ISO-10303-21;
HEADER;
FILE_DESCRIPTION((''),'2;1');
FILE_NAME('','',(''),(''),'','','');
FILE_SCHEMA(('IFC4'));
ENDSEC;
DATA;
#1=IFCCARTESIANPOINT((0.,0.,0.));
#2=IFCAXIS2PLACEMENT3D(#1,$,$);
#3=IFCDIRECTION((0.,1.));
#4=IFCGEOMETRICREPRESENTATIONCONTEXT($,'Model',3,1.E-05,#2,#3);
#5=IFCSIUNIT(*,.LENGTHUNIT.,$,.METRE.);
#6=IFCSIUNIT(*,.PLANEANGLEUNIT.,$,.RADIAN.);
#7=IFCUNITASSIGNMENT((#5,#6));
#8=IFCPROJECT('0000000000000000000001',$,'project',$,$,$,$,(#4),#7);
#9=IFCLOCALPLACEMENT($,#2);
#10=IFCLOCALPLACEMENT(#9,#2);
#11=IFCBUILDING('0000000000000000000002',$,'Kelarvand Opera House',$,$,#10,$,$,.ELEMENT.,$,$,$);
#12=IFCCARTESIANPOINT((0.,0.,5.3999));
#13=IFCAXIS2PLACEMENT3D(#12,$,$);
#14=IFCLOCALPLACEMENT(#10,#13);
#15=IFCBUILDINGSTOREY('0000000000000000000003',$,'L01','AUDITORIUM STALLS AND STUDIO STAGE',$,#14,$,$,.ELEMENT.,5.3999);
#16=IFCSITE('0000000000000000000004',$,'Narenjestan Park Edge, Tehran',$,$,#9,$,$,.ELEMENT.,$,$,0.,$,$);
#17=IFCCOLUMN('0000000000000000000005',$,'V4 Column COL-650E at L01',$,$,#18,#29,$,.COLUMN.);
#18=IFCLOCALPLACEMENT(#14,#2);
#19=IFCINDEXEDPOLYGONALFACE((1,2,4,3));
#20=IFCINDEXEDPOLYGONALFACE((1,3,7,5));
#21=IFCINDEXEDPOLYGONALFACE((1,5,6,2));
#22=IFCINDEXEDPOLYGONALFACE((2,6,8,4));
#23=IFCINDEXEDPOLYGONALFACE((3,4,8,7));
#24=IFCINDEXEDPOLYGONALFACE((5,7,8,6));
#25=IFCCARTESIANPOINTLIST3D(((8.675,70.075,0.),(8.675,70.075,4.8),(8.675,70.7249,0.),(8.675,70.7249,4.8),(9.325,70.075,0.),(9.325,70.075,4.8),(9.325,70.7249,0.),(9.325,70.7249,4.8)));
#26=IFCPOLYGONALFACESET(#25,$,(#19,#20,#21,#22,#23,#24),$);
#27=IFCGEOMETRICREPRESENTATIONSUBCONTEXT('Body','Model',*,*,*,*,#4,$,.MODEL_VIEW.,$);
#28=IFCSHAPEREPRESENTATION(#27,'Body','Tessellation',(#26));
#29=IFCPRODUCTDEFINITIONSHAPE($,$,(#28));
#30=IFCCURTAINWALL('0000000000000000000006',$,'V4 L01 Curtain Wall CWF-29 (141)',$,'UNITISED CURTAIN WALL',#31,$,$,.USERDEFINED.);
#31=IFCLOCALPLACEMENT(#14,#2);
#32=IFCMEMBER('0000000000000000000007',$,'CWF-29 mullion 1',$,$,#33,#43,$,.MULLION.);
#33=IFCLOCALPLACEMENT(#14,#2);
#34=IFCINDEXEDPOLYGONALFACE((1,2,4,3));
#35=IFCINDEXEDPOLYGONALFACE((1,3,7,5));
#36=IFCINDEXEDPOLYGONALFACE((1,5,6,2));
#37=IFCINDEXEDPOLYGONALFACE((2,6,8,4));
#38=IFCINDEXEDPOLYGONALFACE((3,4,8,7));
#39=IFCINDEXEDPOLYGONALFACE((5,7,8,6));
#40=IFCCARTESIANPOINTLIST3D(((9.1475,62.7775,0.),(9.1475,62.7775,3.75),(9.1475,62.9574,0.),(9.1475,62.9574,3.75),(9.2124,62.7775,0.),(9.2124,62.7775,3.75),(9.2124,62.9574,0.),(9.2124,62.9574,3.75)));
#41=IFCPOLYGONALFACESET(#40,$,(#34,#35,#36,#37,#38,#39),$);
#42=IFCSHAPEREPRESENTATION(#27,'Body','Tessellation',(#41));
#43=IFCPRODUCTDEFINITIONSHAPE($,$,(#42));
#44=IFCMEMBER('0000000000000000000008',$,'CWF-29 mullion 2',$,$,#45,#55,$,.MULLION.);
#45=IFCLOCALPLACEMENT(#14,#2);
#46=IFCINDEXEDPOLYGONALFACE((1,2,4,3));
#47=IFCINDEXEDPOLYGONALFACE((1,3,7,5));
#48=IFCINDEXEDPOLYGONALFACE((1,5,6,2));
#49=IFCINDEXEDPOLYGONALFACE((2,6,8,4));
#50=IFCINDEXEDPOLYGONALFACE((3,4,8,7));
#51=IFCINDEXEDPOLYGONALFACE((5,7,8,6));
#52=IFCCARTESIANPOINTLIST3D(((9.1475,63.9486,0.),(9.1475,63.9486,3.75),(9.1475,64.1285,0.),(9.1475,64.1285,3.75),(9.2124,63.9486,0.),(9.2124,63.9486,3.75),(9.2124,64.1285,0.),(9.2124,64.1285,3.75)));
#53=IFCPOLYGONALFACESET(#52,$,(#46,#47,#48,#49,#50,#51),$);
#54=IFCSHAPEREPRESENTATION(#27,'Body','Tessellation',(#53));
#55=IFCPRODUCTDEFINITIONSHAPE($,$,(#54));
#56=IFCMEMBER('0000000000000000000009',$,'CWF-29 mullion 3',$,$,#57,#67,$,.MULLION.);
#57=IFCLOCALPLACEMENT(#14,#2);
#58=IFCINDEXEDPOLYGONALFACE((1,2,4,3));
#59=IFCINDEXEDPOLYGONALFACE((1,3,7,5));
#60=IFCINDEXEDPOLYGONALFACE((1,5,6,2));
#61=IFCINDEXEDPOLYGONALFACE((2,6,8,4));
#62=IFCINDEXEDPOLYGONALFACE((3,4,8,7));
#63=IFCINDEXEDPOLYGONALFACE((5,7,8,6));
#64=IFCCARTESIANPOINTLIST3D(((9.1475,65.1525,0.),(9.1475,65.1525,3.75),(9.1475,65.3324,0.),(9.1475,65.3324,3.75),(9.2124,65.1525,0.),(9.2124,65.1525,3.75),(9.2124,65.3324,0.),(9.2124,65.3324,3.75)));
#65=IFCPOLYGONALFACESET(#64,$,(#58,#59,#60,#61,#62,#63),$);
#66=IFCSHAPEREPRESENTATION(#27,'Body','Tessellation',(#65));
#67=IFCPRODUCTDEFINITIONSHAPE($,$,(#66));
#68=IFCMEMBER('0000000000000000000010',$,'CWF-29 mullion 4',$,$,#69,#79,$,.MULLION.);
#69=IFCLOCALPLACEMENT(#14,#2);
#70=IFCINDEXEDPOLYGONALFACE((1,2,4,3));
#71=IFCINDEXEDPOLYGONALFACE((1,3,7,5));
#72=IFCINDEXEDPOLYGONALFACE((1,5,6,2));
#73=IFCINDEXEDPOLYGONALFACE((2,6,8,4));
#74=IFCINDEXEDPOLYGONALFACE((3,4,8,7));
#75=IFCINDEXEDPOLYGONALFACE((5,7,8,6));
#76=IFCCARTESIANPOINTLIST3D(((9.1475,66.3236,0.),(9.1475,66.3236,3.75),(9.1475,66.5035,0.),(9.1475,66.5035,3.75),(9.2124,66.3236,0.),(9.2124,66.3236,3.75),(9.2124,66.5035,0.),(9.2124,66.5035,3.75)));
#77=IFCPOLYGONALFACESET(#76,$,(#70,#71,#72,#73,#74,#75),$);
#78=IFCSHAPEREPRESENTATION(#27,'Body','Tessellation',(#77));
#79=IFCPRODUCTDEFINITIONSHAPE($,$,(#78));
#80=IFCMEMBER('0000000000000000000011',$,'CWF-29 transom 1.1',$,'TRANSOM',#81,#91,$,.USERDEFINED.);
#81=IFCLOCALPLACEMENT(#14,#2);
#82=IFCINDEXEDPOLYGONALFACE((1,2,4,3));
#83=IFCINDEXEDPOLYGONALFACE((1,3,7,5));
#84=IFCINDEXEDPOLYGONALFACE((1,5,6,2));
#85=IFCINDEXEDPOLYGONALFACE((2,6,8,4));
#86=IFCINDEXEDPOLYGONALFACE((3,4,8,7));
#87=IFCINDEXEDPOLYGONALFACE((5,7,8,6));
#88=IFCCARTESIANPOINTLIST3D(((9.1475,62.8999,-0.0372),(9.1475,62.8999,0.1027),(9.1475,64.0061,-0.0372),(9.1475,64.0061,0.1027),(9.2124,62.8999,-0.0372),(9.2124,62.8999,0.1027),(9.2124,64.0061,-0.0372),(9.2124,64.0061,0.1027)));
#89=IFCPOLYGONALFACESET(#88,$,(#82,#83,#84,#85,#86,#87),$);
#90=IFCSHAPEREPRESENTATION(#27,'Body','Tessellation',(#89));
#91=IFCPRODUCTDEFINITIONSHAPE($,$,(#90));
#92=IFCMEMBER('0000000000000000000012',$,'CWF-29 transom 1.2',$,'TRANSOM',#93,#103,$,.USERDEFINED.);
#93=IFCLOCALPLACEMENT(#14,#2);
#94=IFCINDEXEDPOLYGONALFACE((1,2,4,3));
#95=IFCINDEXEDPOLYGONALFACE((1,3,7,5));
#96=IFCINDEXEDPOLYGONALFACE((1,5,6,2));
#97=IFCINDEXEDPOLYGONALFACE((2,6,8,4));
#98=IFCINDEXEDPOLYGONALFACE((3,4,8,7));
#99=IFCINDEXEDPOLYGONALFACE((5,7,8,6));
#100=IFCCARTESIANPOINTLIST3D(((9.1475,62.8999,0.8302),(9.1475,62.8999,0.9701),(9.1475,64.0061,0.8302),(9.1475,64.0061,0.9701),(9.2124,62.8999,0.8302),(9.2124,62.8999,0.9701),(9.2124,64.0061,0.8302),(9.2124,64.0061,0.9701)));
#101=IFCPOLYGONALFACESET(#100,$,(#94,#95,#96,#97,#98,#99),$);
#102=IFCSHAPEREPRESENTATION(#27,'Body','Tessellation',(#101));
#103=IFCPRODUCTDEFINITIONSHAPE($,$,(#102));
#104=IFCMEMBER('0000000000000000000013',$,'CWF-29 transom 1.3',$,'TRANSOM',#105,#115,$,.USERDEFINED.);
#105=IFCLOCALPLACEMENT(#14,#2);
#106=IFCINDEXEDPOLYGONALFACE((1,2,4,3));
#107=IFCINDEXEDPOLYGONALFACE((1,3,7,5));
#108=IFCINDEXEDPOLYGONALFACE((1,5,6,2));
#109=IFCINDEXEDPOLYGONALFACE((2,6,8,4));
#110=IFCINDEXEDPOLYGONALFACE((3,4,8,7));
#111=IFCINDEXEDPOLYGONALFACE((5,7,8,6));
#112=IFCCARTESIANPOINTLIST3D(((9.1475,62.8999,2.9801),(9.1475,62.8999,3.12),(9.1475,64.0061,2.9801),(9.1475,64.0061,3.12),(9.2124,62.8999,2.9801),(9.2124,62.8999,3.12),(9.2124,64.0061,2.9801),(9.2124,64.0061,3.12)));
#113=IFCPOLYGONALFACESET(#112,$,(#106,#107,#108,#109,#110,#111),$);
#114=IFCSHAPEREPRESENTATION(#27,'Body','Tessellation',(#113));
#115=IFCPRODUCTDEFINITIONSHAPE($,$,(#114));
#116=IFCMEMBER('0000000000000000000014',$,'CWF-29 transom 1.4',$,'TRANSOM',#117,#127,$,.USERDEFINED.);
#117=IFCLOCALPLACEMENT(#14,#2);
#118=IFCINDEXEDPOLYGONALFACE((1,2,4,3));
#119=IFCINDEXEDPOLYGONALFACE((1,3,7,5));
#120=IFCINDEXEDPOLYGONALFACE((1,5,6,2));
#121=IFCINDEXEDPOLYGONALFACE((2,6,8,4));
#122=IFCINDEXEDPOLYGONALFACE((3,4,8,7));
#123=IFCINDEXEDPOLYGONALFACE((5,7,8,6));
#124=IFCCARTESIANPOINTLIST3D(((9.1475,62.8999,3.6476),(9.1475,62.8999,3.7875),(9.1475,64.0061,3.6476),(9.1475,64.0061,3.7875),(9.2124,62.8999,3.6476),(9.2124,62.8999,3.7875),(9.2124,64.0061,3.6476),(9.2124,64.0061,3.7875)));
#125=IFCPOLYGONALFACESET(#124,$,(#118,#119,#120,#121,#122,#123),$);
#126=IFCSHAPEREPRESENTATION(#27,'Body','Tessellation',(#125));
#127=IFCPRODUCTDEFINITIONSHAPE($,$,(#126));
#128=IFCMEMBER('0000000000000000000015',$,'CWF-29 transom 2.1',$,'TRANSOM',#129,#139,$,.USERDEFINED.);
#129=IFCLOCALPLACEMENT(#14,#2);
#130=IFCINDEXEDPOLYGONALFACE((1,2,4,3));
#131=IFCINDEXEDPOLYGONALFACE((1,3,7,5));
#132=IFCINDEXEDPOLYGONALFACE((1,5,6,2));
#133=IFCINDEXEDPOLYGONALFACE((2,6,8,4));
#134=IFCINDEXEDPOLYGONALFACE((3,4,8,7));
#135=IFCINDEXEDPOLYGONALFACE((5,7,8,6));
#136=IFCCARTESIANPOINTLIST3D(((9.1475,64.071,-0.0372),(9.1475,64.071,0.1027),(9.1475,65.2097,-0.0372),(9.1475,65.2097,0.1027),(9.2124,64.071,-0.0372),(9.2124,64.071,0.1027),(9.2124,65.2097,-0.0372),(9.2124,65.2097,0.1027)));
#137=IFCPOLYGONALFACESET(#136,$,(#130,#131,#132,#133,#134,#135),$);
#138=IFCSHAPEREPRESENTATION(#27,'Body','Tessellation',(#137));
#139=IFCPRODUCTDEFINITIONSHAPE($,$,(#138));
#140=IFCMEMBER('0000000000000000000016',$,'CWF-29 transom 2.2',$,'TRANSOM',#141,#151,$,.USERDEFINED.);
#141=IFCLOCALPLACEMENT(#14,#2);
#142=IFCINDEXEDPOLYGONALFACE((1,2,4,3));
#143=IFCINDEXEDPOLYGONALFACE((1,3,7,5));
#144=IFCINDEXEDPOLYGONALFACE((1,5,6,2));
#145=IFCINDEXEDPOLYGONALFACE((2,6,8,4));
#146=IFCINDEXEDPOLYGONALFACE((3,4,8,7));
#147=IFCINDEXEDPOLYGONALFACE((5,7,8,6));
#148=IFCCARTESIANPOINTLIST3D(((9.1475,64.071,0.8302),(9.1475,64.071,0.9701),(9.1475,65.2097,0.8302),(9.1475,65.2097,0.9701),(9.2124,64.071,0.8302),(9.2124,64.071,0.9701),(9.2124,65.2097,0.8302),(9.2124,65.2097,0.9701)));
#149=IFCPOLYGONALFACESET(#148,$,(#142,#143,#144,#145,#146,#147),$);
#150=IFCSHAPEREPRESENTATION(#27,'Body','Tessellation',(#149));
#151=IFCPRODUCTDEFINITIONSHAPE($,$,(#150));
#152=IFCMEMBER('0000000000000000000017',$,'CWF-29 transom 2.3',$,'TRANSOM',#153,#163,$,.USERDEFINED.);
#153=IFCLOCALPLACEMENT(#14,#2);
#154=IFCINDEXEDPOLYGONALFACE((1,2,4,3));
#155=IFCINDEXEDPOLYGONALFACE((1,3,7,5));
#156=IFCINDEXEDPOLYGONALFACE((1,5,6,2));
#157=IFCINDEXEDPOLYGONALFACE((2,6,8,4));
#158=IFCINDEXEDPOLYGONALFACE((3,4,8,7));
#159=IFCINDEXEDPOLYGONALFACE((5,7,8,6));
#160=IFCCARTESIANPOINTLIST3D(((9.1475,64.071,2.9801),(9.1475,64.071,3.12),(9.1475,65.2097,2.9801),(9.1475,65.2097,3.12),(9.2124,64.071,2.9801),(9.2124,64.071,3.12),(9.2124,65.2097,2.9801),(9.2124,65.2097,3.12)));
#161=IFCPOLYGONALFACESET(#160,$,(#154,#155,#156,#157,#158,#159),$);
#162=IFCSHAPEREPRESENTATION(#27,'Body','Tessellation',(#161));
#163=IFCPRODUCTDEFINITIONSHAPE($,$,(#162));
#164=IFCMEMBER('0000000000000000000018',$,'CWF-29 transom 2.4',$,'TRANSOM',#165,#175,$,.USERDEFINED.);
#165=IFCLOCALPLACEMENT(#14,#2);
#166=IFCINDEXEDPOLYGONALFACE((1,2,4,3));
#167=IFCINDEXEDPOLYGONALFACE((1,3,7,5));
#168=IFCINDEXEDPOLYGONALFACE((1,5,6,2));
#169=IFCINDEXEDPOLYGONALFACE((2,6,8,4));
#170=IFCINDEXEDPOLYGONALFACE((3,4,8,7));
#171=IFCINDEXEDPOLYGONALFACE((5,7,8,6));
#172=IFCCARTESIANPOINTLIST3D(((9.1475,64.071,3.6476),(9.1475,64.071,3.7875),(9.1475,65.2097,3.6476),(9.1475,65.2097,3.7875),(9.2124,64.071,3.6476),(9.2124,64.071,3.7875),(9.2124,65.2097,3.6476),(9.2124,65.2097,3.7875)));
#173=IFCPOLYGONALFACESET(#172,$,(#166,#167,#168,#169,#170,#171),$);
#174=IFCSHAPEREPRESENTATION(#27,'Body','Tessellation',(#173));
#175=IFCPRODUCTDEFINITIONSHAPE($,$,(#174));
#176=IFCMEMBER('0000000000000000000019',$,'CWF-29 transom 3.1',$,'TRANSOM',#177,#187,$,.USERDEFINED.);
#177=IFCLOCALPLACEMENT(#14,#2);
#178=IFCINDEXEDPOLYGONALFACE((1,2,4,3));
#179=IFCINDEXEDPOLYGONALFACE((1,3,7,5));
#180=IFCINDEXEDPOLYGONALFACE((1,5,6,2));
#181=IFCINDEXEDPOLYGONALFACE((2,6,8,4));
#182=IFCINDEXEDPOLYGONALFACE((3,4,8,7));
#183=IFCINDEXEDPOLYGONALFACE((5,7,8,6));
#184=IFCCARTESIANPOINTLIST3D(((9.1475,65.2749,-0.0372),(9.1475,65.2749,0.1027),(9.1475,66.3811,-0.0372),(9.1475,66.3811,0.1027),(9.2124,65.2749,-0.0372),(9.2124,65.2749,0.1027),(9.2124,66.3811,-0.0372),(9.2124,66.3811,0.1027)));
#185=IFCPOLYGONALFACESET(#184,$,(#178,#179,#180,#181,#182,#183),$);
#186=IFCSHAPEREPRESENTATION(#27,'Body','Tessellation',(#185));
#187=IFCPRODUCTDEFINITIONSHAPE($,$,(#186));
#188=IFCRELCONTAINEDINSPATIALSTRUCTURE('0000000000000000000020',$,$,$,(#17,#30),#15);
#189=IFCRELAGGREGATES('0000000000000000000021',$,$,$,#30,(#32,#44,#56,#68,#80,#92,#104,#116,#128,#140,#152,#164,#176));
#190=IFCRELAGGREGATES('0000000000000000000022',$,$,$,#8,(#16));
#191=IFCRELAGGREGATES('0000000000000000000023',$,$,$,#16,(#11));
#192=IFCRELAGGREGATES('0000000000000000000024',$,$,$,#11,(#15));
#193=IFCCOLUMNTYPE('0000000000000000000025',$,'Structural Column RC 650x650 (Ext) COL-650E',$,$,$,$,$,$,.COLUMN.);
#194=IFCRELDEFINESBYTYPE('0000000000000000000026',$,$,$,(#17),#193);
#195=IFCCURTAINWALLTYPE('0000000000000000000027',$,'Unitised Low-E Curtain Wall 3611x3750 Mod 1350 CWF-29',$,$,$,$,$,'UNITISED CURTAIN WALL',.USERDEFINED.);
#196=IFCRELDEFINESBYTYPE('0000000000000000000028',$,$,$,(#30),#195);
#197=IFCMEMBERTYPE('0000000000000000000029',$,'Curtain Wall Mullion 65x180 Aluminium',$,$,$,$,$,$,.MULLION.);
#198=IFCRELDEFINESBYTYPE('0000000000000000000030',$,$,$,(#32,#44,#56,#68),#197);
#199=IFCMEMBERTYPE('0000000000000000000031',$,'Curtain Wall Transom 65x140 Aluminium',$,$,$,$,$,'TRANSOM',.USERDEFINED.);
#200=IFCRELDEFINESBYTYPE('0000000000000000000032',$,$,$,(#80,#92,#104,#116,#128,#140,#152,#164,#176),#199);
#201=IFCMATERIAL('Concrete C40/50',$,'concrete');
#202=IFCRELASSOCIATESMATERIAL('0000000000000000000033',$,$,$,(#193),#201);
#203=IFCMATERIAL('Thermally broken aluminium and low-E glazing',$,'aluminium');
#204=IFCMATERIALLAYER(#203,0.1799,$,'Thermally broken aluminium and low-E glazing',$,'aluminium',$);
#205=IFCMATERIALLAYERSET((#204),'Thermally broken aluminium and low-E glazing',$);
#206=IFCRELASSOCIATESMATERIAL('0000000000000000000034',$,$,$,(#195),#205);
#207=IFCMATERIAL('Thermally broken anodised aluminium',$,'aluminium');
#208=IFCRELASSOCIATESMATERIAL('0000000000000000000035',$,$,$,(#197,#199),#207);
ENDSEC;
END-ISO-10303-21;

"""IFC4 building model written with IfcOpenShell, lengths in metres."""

from ifc_helpers import new_model, si_unit, direction, frame, origin, origin_2d, place, context, subcontext, project, spatial, rectangle, extrude, material, layer, layer_set, material_profile, profile_set, type_object, element, aggregate, save


model = new_model("IFC4")

# Units and contexts
model_context = context("Model", 3, precision=1e-05, world=origin(), true_north=direction((0.0, 1.0)))
body_context = subcontext(model_context, "Body", "Model", "MODEL_VIEW")
ifc_project = project(units=[si_unit("LENGTHUNIT", "METRE"), si_unit("PLANEANGLEUNIT", "RADIAN")], contexts=[model_context])

# Site, building, storey
site_placement = place(None, origin())
site = spatial("IfcSite", under=ifc_project, at=site_placement, Name="Narenjestan Park Edge, Tehran", CompositionType="ELEMENT", RefElevation=0.0)
building_placement = place(site_placement, origin())
building = spatial("IfcBuilding", under=site, at=building_placement, Name="Kelarvand Opera House", CompositionType="ELEMENT")
storey_placement = place(building_placement, frame((0.0, 0.0, 5.3999)))
storey = spatial("IfcBuildingStorey", under=building, at=storey_placement, Name="L01", Description="AUDITORIUM STALLS AND STUDIO STAGE", CompositionType="ELEMENT", Elevation=5.3999)

# Column
ifc_material_1 = material(Name="Concrete C40/50", Category="concrete")
ifc_material_profile_1 = material_profile(ifc_material_1, rectangle(XDim=0.6499, YDim=0.6499, at=origin_2d()), Name="RC 650x650", Category="concrete")
ifc_profile_set_1 = profile_set([ifc_material_profile_1], Name="Concrete C40/50")
column_type = type_object("IfcColumnType", Name="Structural Column RC 650x650 (Ext) COL-650E", PredefinedType="COLUMN", material=ifc_profile_set_1)
column_placement = place(storey_placement, frame((9.0, 70.3999, 0.0), z_axis=(0.0, 0.0, 1.0), x_axis=(1.0, 0.0, 0.0)))
element("IfcColumn", 1, at=column_placement, inside=storey, type_object=column_type, Name="V4 Column COL-650E at L01", PredefinedType="COLUMN", context=body_context, shape_type="SweptSolid", body=[
    extrude(rectangle(XDim=0.6499, YDim=0.6499, at=origin_2d()), origin(), (0.0, 0.0, 1.0), 4.8),
])

# Curtain wall, members
ifc_material_2 = material(Name="Thermally broken aluminium and low-E glazing", Category="aluminium")
ifc_layer_1 = layer(ifc_material_2, 0.1799, Name="Thermally broken aluminium and low-E glazing", Category="aluminium")
ifc_layer_set_1 = layer_set([ifc_layer_1], Name="Thermally broken aluminium and low-E glazing")
curtain_wall_type = type_object("IfcCurtainWallType", Name="Unitised Low-E Curtain Wall 3611x3750 Mod 1350 CWF-29", ElementType="UNITISED CURTAIN WALL", PredefinedType="USERDEFINED", material=ifc_layer_set_1)
curtain_wall_placement = place(storey_placement, origin())
curtain_wall = element("IfcCurtainWall", 2, at=curtain_wall_placement, inside=storey, type_object=curtain_wall_type, Name="V4 L01 Curtain Wall CWF-29 (141)", ObjectType="UNITISED CURTAIN WALL", PredefinedType="USERDEFINED")
ifc_material_3 = material(Name="Thermally broken anodised aluminium", Category="aluminium")
ifc_material_profile_2 = material_profile(ifc_material_3, rectangle(XDim=0.0649, YDim=0.1799, at=origin_2d()), Name="ALU MULLION 65x180", Category="aluminium")
ifc_profile_set_2 = profile_set([ifc_material_profile_2], Name="Thermally broken anodised aluminium")
member_type_1 = type_object("IfcMemberType", Name="Curtain Wall Mullion 65x180 Aluminium", PredefinedType="MULLION", material=ifc_profile_set_2)
member_1_placement = place(storey_placement, frame((9.1799, 62.8674, 0.0), z_axis=(0.0, 0.0, 1.0), x_axis=(-1.0, 0.0, 0.0)))
member_1 = element("IfcMember", 3, at=member_1_placement, type_object=member_type_1, Name="CWF-29 mullion 1", PredefinedType="MULLION", context=body_context, shape_type="SweptSolid", body=[
    extrude(rectangle(XDim=0.0649, YDim=0.1799, at=origin_2d()), origin(), (0.0, 0.0, 1.0), 3.75),
])
member_2_placement = place(storey_placement, frame((9.1799, 64.0386, 0.0), z_axis=(0.0, 0.0, 1.0), x_axis=(-1.0, 0.0, 0.0)))
member_2 = element("IfcMember", 4, at=member_2_placement, type_object=member_type_1, Name="CWF-29 mullion 2", PredefinedType="MULLION", context=body_context, shape_type="SweptSolid", body=[
    extrude(rectangle(XDim=0.0649, YDim=0.1799, at=origin_2d()), origin(), (0.0, 0.0, 1.0), 3.75),
])
member_3_placement = place(storey_placement, frame((9.1799, 65.2424, 0.0), z_axis=(0.0, 0.0, 1.0), x_axis=(-1.0, 0.0, 0.0)))
member_3 = element("IfcMember", 5, at=member_3_placement, type_object=member_type_1, Name="CWF-29 mullion 3", PredefinedType="MULLION", context=body_context, shape_type="SweptSolid", body=[
    extrude(rectangle(XDim=0.0649, YDim=0.1799, at=origin_2d()), origin(), (0.0, 0.0, 1.0), 3.75),
])
member_4_placement = place(storey_placement, frame((9.1799, 66.4136, 0.0), z_axis=(0.0, 0.0, 1.0), x_axis=(-1.0, 0.0, 0.0)))
member_4 = element("IfcMember", 6, at=member_4_placement, type_object=member_type_1, Name="CWF-29 mullion 4", PredefinedType="MULLION", context=body_context, shape_type="SweptSolid", body=[
    extrude(rectangle(XDim=0.0649, YDim=0.1799, at=origin_2d()), origin(), (0.0, 0.0, 1.0), 3.75),
])
ifc_material_profile_3 = material_profile(ifc_material_3, rectangle(XDim=0.0649, YDim=0.1399, at=origin_2d()), Name="ALU TRANSOM 65x140", Category="aluminium")
ifc_profile_set_3 = profile_set([ifc_material_profile_3], Name="Thermally broken anodised aluminium")
member_type_2 = type_object("IfcMemberType", Name="Curtain Wall Transom 65x140 Aluminium", ElementType="TRANSOM", PredefinedType="USERDEFINED", material=ifc_profile_set_3)
member_5_placement = place(storey_placement, frame((9.1799, 62.8999, 0.0327), z_axis=(0.0, 1.0, 0.0), x_axis=(-1.0, 0.0, 0.0)))
member_5 = element("IfcMember", 7, at=member_5_placement, type_object=member_type_2, Name="CWF-29 transom 1.1", ObjectType="TRANSOM", PredefinedType="USERDEFINED", context=body_context, shape_type="SweptSolid", body=[
    extrude(rectangle(XDim=0.0649, YDim=0.1399, at=origin_2d()), origin(), (0.0, 0.0, 1.0), 1.1062),
])
member_6_placement = place(storey_placement, frame((9.1799, 62.8999, 0.9001), z_axis=(0.0, 1.0, 0.0), x_axis=(-1.0, 0.0, 0.0)))
member_6 = element("IfcMember", 8, at=member_6_placement, type_object=member_type_2, Name="CWF-29 transom 1.2", ObjectType="TRANSOM", PredefinedType="USERDEFINED", context=body_context, shape_type="SweptSolid", body=[
    extrude(rectangle(XDim=0.0649, YDim=0.1399, at=origin_2d()), origin(), (0.0, 0.0, 1.0), 1.1062),
])
member_7_placement = place(storey_placement, frame((9.1799, 62.8999, 3.05), z_axis=(0.0, 1.0, 0.0), x_axis=(-1.0, 0.0, 0.0)))
member_7 = element("IfcMember", 9, at=member_7_placement, type_object=member_type_2, Name="CWF-29 transom 1.3", ObjectType="TRANSOM", PredefinedType="USERDEFINED", context=body_context, shape_type="SweptSolid", body=[
    extrude(rectangle(XDim=0.0649, YDim=0.1399, at=origin_2d()), origin(), (0.0, 0.0, 1.0), 1.1062),
])
member_8_placement = place(storey_placement, frame((9.1799, 62.8999, 3.7175), z_axis=(0.0, 1.0, 0.0), x_axis=(-1.0, 0.0, 0.0)))
member_8 = element("IfcMember", 10, at=member_8_placement, type_object=member_type_2, Name="CWF-29 transom 1.4", ObjectType="TRANSOM", PredefinedType="USERDEFINED", context=body_context, shape_type="SweptSolid", body=[
    extrude(rectangle(XDim=0.0649, YDim=0.1399, at=origin_2d()), origin(), (0.0, 0.0, 1.0), 1.1062),
])
member_9_placement = place(storey_placement, frame((9.1799, 64.071, 0.0327), z_axis=(0.0, 1.0, 0.0), x_axis=(-1.0, 0.0, 0.0)))
member_9 = element("IfcMember", 11, at=member_9_placement, type_object=member_type_2, Name="CWF-29 transom 2.1", ObjectType="TRANSOM", PredefinedType="USERDEFINED", context=body_context, shape_type="SweptSolid", body=[
    extrude(rectangle(XDim=0.0649, YDim=0.1399, at=origin_2d()), origin(), (0.0, 0.0, 1.0), 1.1387),
])
member_10_placement = place(storey_placement, frame((9.1799, 64.071, 0.9001), z_axis=(0.0, 1.0, 0.0), x_axis=(-1.0, 0.0, 0.0)))
member_10 = element("IfcMember", 12, at=member_10_placement, type_object=member_type_2, Name="CWF-29 transom 2.2", ObjectType="TRANSOM", PredefinedType="USERDEFINED", context=body_context, shape_type="SweptSolid", body=[
    extrude(rectangle(XDim=0.0649, YDim=0.1399, at=origin_2d()), origin(), (0.0, 0.0, 1.0), 1.1387),
])
member_11_placement = place(storey_placement, frame((9.1799, 64.071, 3.05), z_axis=(0.0, 1.0, 0.0), x_axis=(-1.0, 0.0, 0.0)))
member_11 = element("IfcMember", 13, at=member_11_placement, type_object=member_type_2, Name="CWF-29 transom 2.3", ObjectType="TRANSOM", PredefinedType="USERDEFINED", context=body_context, shape_type="SweptSolid", body=[
    extrude(rectangle(XDim=0.0649, YDim=0.1399, at=origin_2d()), origin(), (0.0, 0.0, 1.0), 1.1387),
])
member_12_placement = place(storey_placement, frame((9.1799, 64.071, 3.7175), z_axis=(0.0, 1.0, 0.0), x_axis=(-1.0, 0.0, 0.0)))
member_12 = element("IfcMember", 14, at=member_12_placement, type_object=member_type_2, Name="CWF-29 transom 2.4", ObjectType="TRANSOM", PredefinedType="USERDEFINED", context=body_context, shape_type="SweptSolid", body=[
    extrude(rectangle(XDim=0.0649, YDim=0.1399, at=origin_2d()), origin(), (0.0, 0.0, 1.0), 1.1387),
])
member_13_placement = place(storey_placement, frame((9.1799, 65.2749, 0.0327), z_axis=(0.0, 1.0, 0.0), x_axis=(-1.0, 0.0, 0.0)))
member_13 = element("IfcMember", 15, at=member_13_placement, type_object=member_type_2, Name="CWF-29 transom 3.1", ObjectType="TRANSOM", PredefinedType="USERDEFINED", context=body_context, shape_type="SweptSolid", body=[
    extrude(rectangle(XDim=0.0649, YDim=0.1399, at=origin_2d()), origin(), (0.0, 0.0, 1.0), 1.1062),
])

aggregate(curtain_wall, [member_1, member_2, member_3, member_4, member_5, member_6, member_7, member_8, member_9, member_10, member_11, member_12, member_13])

save(model, "model.ifc")
